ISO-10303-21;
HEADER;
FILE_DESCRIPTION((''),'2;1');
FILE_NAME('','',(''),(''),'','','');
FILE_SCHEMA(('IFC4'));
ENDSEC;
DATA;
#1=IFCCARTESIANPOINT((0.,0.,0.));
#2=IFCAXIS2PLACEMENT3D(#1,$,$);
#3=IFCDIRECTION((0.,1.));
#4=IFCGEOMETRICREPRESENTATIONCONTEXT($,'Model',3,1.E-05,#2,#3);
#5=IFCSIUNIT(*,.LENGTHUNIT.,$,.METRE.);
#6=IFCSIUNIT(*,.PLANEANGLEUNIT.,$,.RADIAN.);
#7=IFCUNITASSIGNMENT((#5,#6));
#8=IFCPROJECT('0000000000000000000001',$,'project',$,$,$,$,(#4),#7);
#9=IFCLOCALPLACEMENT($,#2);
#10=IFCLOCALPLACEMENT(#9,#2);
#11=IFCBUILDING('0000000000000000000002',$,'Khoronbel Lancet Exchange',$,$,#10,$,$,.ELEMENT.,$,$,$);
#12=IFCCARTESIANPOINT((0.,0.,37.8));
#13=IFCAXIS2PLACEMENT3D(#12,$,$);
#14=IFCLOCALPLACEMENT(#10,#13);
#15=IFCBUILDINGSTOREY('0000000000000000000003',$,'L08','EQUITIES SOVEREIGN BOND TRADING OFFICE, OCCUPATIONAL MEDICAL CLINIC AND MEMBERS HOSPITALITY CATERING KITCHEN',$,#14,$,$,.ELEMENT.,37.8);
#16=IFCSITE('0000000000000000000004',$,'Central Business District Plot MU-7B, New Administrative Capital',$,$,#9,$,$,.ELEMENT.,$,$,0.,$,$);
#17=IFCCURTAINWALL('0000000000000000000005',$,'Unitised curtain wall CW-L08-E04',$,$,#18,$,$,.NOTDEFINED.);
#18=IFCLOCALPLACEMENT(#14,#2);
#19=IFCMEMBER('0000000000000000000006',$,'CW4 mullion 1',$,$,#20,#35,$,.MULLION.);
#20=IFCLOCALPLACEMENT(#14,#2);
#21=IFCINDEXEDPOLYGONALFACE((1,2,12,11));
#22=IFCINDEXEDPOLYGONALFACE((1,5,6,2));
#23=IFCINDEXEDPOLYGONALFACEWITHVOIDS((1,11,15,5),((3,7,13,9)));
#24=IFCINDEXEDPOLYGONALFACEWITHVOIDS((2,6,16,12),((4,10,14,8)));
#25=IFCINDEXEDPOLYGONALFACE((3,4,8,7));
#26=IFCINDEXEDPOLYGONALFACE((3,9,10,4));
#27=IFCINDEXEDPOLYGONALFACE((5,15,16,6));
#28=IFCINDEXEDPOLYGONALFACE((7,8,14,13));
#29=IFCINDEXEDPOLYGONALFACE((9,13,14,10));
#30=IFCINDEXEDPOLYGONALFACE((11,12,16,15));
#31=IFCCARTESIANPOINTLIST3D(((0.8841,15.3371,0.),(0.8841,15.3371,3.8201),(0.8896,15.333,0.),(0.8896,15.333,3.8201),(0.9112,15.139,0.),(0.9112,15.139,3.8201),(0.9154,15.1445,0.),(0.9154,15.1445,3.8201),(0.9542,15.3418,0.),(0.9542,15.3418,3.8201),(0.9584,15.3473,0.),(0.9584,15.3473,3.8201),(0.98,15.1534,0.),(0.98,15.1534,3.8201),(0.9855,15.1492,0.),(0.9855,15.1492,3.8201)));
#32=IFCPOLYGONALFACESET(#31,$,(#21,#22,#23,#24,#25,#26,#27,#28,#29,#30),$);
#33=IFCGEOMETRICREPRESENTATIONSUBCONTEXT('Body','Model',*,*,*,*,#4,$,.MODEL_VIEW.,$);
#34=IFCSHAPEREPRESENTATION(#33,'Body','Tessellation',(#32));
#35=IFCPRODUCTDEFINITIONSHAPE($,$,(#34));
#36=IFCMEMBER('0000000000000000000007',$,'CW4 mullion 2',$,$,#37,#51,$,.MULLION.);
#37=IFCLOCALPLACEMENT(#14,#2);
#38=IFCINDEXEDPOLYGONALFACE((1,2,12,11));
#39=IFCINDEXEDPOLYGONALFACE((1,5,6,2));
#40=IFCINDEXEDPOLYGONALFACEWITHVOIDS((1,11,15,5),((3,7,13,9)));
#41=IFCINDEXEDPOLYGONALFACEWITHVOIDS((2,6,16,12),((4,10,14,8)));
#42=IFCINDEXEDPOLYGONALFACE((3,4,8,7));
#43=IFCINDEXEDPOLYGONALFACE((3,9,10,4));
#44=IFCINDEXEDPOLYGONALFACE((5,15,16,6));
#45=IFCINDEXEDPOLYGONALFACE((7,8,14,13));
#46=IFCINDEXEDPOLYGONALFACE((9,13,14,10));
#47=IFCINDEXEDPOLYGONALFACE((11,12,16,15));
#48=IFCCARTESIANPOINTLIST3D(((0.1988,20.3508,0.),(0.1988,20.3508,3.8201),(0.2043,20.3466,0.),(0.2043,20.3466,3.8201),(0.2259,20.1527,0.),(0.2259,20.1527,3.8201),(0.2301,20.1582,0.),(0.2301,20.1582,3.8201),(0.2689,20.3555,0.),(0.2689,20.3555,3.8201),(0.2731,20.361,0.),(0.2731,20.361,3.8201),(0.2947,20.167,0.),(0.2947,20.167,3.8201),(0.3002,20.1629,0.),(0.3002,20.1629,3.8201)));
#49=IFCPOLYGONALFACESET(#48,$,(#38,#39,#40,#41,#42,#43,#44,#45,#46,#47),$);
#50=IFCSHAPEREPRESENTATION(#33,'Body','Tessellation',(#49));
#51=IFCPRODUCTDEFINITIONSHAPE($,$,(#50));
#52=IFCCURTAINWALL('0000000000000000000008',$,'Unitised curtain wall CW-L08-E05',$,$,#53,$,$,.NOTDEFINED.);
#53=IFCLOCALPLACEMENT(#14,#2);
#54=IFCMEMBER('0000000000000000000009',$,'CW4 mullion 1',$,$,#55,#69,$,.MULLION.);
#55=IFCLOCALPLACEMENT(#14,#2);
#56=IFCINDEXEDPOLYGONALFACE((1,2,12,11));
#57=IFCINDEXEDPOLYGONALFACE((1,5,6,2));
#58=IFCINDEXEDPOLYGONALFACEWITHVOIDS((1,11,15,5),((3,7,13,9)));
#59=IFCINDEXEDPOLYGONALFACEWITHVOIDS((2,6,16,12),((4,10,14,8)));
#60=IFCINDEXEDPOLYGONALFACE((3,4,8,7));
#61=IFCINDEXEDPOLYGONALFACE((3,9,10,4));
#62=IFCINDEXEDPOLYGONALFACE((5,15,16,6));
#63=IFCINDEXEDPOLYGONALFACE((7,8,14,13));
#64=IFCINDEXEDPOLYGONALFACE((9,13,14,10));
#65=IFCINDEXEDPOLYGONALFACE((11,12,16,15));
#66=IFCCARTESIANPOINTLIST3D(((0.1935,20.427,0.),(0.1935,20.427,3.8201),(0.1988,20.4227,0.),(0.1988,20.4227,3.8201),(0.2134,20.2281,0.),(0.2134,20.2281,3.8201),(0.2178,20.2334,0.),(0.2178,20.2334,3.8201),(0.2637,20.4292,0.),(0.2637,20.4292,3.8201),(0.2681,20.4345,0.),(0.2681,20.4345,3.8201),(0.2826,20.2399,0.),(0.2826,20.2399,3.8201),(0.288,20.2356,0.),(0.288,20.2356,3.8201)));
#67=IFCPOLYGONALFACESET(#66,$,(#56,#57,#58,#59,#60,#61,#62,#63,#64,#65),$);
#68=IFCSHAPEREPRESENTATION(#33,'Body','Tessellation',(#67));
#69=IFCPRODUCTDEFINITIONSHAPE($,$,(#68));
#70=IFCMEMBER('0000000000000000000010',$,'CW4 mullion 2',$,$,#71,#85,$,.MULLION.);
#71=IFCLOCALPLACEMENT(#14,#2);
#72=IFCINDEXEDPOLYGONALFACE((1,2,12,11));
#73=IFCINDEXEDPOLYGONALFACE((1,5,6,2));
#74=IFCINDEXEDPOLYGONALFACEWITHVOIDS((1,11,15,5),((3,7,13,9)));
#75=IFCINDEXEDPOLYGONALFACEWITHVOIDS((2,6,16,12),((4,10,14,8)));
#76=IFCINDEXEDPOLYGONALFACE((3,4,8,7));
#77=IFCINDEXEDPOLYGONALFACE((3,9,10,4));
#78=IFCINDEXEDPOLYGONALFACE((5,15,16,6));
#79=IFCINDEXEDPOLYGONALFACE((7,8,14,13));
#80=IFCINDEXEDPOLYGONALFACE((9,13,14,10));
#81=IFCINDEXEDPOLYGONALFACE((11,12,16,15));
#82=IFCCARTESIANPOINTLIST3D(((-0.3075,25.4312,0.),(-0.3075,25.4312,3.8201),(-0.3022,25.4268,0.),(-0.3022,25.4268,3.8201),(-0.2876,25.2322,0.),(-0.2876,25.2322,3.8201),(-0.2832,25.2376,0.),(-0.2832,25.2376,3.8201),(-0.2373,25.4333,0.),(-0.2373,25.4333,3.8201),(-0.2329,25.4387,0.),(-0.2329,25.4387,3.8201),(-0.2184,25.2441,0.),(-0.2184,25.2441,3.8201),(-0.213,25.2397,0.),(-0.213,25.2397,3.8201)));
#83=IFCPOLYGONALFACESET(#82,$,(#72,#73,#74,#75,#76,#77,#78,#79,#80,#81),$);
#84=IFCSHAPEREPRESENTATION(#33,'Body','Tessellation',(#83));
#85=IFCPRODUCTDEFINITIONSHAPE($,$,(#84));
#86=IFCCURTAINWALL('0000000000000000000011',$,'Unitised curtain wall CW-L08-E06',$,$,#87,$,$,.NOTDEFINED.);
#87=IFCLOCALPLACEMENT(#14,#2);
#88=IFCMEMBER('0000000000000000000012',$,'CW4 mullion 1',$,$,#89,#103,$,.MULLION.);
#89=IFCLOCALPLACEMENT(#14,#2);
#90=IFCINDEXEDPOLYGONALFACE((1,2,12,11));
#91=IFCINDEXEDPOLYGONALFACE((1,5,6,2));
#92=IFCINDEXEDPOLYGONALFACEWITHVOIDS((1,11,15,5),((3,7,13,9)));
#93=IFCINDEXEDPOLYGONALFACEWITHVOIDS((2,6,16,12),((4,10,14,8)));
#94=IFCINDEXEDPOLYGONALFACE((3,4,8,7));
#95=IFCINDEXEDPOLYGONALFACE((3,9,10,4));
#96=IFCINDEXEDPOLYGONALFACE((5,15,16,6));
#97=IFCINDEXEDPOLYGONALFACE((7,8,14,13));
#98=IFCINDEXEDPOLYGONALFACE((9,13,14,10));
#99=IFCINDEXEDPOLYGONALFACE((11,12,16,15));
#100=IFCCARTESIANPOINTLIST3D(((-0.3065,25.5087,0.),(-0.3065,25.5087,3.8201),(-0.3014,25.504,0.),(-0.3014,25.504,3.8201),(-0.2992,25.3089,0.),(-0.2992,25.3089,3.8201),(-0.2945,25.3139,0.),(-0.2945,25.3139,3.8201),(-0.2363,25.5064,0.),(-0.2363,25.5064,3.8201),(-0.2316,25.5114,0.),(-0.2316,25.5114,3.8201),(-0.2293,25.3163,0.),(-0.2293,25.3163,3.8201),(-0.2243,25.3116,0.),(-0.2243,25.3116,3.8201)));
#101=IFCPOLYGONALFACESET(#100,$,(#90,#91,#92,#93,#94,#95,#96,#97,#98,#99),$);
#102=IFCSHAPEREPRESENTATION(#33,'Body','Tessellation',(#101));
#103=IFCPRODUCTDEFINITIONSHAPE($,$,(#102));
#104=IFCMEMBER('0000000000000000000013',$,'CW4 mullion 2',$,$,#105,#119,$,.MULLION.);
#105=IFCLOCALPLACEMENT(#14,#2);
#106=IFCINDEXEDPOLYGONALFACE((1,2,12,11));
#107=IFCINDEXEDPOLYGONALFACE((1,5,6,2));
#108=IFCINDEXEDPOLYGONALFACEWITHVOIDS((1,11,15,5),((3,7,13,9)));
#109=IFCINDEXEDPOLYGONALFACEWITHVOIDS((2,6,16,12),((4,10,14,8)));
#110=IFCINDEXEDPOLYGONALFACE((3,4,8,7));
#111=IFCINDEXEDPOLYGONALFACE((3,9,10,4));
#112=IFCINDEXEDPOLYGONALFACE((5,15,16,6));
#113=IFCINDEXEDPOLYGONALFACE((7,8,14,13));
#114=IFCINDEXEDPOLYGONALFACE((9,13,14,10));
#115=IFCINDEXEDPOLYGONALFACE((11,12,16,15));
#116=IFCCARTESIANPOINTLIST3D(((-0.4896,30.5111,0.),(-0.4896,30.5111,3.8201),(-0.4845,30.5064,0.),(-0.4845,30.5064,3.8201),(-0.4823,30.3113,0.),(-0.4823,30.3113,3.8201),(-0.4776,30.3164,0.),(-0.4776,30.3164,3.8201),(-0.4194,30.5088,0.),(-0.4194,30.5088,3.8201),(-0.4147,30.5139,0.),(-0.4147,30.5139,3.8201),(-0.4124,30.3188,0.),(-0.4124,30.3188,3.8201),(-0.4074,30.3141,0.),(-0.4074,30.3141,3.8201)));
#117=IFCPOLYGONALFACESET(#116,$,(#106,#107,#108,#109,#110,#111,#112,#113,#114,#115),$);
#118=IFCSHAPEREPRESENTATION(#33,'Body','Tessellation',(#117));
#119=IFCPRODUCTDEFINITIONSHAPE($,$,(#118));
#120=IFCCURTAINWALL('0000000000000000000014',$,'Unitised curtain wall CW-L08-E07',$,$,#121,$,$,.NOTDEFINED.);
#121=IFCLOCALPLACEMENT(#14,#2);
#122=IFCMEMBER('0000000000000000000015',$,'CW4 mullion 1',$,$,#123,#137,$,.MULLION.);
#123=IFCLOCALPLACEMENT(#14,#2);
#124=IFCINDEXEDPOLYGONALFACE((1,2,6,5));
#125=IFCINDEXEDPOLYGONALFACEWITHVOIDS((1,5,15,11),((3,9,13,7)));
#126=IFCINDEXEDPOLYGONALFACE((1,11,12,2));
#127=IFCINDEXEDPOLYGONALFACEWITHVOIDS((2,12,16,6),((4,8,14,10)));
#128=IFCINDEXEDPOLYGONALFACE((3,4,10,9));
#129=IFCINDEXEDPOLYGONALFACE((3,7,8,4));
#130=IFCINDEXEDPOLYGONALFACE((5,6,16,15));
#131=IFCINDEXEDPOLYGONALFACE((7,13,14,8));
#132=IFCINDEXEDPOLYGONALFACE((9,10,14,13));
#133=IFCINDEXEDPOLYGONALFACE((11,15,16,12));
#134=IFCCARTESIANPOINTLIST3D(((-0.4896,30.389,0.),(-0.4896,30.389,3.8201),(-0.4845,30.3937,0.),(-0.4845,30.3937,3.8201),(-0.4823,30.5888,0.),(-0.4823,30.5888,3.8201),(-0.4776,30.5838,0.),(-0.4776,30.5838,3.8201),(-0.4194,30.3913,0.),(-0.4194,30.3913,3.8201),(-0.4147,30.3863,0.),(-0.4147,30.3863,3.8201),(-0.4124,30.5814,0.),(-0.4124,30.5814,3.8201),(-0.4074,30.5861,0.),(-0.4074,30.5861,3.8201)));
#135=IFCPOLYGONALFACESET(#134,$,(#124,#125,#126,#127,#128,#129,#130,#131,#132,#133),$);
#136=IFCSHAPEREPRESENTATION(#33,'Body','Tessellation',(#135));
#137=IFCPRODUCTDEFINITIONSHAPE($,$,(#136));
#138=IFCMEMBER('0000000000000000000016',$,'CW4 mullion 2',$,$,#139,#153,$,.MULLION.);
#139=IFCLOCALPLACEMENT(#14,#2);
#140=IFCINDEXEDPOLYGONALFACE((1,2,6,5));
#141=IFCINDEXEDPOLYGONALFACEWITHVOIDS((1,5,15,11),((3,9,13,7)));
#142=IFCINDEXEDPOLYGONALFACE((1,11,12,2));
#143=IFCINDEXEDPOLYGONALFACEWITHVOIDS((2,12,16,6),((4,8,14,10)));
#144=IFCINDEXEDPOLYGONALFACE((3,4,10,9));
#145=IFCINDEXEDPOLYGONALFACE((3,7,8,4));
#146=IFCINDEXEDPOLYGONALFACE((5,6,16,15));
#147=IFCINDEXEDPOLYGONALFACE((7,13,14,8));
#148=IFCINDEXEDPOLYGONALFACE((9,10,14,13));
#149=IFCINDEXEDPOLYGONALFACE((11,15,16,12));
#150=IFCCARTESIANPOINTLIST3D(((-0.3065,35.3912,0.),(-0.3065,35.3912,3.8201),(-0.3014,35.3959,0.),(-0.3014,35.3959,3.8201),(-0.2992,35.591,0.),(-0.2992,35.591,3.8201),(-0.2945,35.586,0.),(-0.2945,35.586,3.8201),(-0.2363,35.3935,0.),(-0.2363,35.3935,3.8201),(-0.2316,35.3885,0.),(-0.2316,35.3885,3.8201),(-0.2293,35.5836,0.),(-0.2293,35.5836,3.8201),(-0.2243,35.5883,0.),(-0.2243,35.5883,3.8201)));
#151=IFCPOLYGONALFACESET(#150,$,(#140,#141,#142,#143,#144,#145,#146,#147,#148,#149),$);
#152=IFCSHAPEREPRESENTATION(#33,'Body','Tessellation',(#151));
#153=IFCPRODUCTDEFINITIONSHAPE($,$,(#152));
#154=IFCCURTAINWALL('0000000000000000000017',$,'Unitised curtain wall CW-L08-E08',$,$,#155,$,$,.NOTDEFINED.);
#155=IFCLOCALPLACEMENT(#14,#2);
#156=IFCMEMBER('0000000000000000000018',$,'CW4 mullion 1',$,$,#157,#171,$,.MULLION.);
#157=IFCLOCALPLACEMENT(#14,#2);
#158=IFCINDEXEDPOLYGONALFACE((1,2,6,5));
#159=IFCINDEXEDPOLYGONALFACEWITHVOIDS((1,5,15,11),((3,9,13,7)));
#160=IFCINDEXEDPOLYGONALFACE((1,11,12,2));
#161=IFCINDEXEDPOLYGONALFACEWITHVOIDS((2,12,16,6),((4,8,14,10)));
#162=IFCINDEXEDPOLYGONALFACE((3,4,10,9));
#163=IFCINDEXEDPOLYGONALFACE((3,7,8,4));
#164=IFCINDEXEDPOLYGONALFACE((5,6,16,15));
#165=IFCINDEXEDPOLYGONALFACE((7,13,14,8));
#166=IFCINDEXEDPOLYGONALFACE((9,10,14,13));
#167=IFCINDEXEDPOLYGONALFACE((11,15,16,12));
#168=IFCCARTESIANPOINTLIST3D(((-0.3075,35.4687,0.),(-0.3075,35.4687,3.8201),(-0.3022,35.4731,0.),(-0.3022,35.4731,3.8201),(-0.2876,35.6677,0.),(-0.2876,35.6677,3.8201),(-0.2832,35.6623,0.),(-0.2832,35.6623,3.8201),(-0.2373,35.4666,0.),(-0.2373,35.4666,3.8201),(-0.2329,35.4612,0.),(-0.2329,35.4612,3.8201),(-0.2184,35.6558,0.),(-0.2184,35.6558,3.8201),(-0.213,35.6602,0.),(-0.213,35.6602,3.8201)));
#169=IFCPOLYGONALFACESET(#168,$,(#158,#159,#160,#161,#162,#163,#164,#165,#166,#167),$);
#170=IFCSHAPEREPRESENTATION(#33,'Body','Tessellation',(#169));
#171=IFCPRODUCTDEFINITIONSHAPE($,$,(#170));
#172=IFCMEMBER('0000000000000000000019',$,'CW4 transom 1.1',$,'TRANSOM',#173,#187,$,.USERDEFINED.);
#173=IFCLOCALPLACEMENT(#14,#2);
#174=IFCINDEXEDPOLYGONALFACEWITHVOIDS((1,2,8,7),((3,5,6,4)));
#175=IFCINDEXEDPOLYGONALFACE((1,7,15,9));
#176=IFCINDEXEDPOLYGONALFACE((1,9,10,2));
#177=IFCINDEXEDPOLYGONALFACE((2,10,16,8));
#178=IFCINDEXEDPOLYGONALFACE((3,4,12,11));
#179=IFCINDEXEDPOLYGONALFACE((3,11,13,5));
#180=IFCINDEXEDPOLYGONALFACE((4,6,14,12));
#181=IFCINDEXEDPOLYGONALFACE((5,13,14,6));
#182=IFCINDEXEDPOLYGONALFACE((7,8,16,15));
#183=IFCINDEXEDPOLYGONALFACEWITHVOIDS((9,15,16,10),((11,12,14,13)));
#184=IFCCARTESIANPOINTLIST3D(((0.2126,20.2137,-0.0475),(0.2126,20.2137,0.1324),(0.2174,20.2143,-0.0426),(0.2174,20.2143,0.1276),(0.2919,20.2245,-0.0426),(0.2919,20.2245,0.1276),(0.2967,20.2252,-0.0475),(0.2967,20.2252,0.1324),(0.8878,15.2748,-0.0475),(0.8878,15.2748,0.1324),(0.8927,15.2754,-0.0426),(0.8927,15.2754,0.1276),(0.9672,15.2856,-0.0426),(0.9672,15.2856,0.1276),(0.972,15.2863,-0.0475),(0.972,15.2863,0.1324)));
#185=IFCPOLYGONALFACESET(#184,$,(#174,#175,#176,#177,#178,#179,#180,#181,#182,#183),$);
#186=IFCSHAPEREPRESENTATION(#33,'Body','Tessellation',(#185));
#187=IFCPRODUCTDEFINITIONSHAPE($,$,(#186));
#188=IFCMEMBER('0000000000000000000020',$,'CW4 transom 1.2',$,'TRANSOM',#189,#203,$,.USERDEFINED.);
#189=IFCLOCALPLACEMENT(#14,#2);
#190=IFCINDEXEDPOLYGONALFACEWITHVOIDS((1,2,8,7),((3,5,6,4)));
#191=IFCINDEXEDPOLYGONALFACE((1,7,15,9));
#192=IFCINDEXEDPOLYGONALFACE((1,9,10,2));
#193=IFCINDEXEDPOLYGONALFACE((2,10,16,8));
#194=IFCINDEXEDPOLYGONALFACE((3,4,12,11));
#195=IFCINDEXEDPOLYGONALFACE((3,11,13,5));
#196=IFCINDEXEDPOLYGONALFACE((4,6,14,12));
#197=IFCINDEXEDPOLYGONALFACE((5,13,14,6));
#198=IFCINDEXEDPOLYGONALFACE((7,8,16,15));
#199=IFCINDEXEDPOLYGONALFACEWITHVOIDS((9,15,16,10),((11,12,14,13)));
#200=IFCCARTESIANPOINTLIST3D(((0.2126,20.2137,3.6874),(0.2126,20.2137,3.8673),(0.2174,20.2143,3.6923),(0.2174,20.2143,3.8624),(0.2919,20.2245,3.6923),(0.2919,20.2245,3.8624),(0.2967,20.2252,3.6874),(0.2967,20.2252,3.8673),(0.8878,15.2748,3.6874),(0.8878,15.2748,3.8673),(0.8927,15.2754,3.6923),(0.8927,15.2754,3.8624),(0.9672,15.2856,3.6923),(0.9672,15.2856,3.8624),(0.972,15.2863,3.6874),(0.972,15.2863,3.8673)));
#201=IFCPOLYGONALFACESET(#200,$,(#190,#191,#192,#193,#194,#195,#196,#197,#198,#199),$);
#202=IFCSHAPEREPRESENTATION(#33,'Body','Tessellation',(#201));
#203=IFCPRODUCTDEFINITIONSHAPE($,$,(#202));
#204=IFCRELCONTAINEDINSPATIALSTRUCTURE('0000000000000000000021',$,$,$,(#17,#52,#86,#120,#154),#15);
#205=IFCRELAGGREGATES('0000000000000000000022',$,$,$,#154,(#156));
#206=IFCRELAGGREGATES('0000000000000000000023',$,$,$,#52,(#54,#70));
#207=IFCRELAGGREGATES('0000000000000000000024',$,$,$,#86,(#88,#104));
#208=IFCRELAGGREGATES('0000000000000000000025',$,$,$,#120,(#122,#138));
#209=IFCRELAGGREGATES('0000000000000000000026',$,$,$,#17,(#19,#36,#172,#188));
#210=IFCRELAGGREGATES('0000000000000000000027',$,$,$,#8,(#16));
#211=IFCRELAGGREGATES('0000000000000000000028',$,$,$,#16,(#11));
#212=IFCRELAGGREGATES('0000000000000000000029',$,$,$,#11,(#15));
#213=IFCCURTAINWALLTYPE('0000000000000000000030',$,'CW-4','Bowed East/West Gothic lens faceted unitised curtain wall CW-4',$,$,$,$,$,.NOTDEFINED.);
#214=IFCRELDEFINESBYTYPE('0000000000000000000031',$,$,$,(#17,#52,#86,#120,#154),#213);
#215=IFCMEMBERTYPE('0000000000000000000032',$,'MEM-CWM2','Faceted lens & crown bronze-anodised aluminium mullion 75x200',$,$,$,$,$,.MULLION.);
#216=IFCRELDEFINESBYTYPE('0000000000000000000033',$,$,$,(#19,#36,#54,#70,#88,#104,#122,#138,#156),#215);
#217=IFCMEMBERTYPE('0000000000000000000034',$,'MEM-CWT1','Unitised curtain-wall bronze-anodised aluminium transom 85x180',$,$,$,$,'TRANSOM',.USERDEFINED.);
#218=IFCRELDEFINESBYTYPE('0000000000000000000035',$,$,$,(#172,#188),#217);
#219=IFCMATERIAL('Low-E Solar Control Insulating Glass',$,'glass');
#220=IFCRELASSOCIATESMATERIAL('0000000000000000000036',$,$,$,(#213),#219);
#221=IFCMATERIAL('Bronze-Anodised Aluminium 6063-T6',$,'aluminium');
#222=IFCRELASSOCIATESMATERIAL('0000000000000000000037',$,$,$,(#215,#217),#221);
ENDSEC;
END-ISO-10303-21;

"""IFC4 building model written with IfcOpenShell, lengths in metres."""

from ifc_helpers import new_model, si_unit, direction, frame, origin, origin_2d, place, context, subcontext, project, spatial, hollow_rectangle, extrude, material, material_profile, profile_set, type_object, element, aggregate, save


model = new_model("IFC4")

# Units and contexts
model_context = context("Model", 3, precision=1e-05, world=origin(), true_north=direction((0.0, 1.0)))
body_context = subcontext(model_context, "Body", "Model", "MODEL_VIEW")
ifc_project = project(units=[si_unit("LENGTHUNIT", "METRE"), si_unit("PLANEANGLEUNIT", "RADIAN")], contexts=[model_context])

# Site, building, storey
site_placement = place(None, origin())
site = spatial("IfcSite", under=ifc_project, at=site_placement, Name="Central Business District Plot MU-7B, New Administrative Capital", CompositionType="ELEMENT", RefElevation=0.0)
building_placement = place(site_placement, origin())
building = spatial("IfcBuilding", under=site, at=building_placement, Name="Khoronbel Lancet Exchange", CompositionType="ELEMENT")
storey_placement = place(building_placement, frame((0.0, 0.0, 37.8)))
storey = spatial("IfcBuildingStorey", under=building, at=storey_placement, Name="L08", Description="EQUITIES SOVEREIGN BOND TRADING OFFICE, OCCUPATIONAL MEDICAL CLINIC AND MEMBERS HOSPITALITY CATERING KITCHEN", CompositionType="ELEMENT", Elevation=37.8)

# Curtain walls, members
ifc_material_1 = material(Name="Low-E Solar Control Insulating Glass", Category="glass")
curtain_wall_type = type_object("IfcCurtainWallType", Name="CW-4", Description="Bowed East/West Gothic lens faceted unitised curtain wall CW-4", PredefinedType="NOTDEFINED", material=ifc_material_1)
curtain_wall_1_placement = place(storey_placement, origin())
curtain_wall_1 = element("IfcCurtainWall", 1, at=curtain_wall_1_placement, inside=storey, type_object=curtain_wall_type, Name="Unitised curtain wall CW-L08-E04", PredefinedType="NOTDEFINED")
ifc_material_2 = material(Name="Bronze-Anodised Aluminium 6063-T6", Category="aluminium")
ifc_material_profile_1 = material_profile(ifc_material_2, hollow_rectangle(XDim=0.075, YDim=0.2, WallThickness=0.0049, at=origin_2d()), Name="ALU MULLION 75x200")
ifc_profile_set_1 = profile_set([ifc_material_profile_1], Name="Bronze-Anodised Aluminium 6063-T6")
member_type_1 = type_object("IfcMemberType", Name="MEM-CWM2", Description="Faceted lens & crown bronze-anodised aluminium mullion 75x200", PredefinedType="MULLION", material=ifc_profile_set_1)
member_1_placement = place(storey_placement, frame((0.9348, 15.2432, 0.0), z_axis=(0.0, 0.0, 1.0), x_axis=(-0.990786, -0.13544, 0.0)))
member_1 = element("IfcMember", 2, at=member_1_placement, type_object=member_type_1, Name="CW4 mullion 1", PredefinedType="MULLION", context=body_context, shape_type="SweptSolid", body=[
    extrude(hollow_rectangle(XDim=0.075, YDim=0.2, WallThickness=0.0049, at=origin_2d()), origin(), (0.0, 0.0, 1.0), 3.8201),
])
member_2_placement = place(storey_placement, frame((0.2495, 20.2568, 0.0), z_axis=(0.0, 0.0, 1.0), x_axis=(-0.990786, -0.13544, 0.0)))
member_2 = element("IfcMember", 3, at=member_2_placement, type_object=member_type_1, Name="CW4 mullion 2", PredefinedType="MULLION", context=body_context, shape_type="SweptSolid", body=[
    extrude(hollow_rectangle(XDim=0.075, YDim=0.2, WallThickness=0.0049, at=origin_2d()), origin(), (0.0, 0.0, 1.0), 3.8201),
])
curtain_wall_2_placement = place(storey_placement, origin())
curtain_wall_2 = element("IfcCurtainWall", 4, at=curtain_wall_2_placement, inside=storey, type_object=curtain_wall_type, Name="Unitised curtain wall CW-L08-E05", PredefinedType="NOTDEFINED")
member_3_placement = place(storey_placement, frame((0.2407, 20.3313, 0.0), z_axis=(0.0, 0.0, 1.0), x_axis=(-0.995027, -0.099603, 0.0)))
member_3 = element("IfcMember", 5, at=member_3_placement, type_object=member_type_1, Name="CW4 mullion 1", PredefinedType="MULLION", context=body_context, shape_type="SweptSolid", body=[
    extrude(hollow_rectangle(XDim=0.075, YDim=0.2, WallThickness=0.0049, at=origin_2d()), origin(), (0.0, 0.0, 1.0), 3.8201),
])
member_4_placement = place(storey_placement, frame((-0.2603, 25.3354, 0.0), z_axis=(0.0, 0.0, 1.0), x_axis=(-0.995027, -0.099603, 0.0)))
member_4 = element("IfcMember", 6, at=member_4_placement, type_object=member_type_1, Name="CW4 mullion 2", PredefinedType="MULLION", context=body_context, shape_type="SweptSolid", body=[
    extrude(hollow_rectangle(XDim=0.075, YDim=0.2, WallThickness=0.0049, at=origin_2d()), origin(), (0.0, 0.0, 1.0), 3.8201),
])
curtain_wall_3_placement = place(storey_placement, origin())
curtain_wall_3 = element("IfcCurtainWall", 7, at=curtain_wall_3_placement, inside=storey, type_object=curtain_wall_type, Name="Unitised curtain wall CW-L08-E06", PredefinedType="NOTDEFINED")
member_5_placement = place(storey_placement, frame((-0.2654, 25.4102, 0.0), z_axis=(0.0, 0.0, 1.0), x_axis=(-0.99933, -0.03659, 0.0)))
member_5 = element("IfcMember", 8, at=member_5_placement, type_object=member_type_1, Name="CW4 mullion 1", PredefinedType="MULLION", context=body_context, shape_type="SweptSolid", body=[
    extrude(hollow_rectangle(XDim=0.075, YDim=0.2, WallThickness=0.0049, at=origin_2d()), origin(), (0.0, 0.0, 1.0), 3.8201),
])
member_6_placement = place(storey_placement, frame((-0.4485, 30.4126, 0.0), z_axis=(0.0, 0.0, 1.0), x_axis=(-0.99933, -0.03659, 0.0)))
member_6 = element("IfcMember", 9, at=member_6_placement, type_object=member_type_1, Name="CW4 mullion 2", PredefinedType="MULLION", context=body_context, shape_type="SweptSolid", body=[
    extrude(hollow_rectangle(XDim=0.075, YDim=0.2, WallThickness=0.0049, at=origin_2d()), origin(), (0.0, 0.0, 1.0), 3.8201),
])
curtain_wall_4_placement = place(storey_placement, origin())
curtain_wall_4 = element("IfcCurtainWall", 10, at=curtain_wall_4_placement, inside=storey, type_object=curtain_wall_type, Name="Unitised curtain wall CW-L08-E07", PredefinedType="NOTDEFINED")
member_7_placement = place(storey_placement, frame((-0.4485, 30.4875, 0.0), z_axis=(0.0, 0.0, 1.0), x_axis=(-0.99933, 0.03659, 0.0)))
member_7 = element("IfcMember", 11, at=member_7_placement, type_object=member_type_1, Name="CW4 mullion 1", PredefinedType="MULLION", context=body_context, shape_type="SweptSolid", body=[
    extrude(hollow_rectangle(XDim=0.075, YDim=0.2, WallThickness=0.0049, at=origin_2d()), origin(), (0.0, 0.0, 1.0), 3.8201),
])
member_8_placement = place(storey_placement, frame((-0.2654, 35.4897, 0.0), z_axis=(0.0, 0.0, 1.0), x_axis=(-0.99933, 0.03659, 0.0)))
member_8 = element("IfcMember", 12, at=member_8_placement, type_object=member_type_1, Name="CW4 mullion 2", PredefinedType="MULLION", context=body_context, shape_type="SweptSolid", body=[
    extrude(hollow_rectangle(XDim=0.075, YDim=0.2, WallThickness=0.0049, at=origin_2d()), origin(), (0.0, 0.0, 1.0), 3.8201),
])

# Curtain wall, member
curtain_wall_5_placement = place(storey_placement, origin())
curtain_wall_5 = element("IfcCurtainWall", 13, at=curtain_wall_5_placement, inside=storey, type_object=curtain_wall_type, Name="Unitised curtain wall CW-L08-E08", PredefinedType="NOTDEFINED")
member_9_placement = place(storey_placement, frame((-0.2603, 35.5645, 0.0), z_axis=(0.0, 0.0, 1.0), x_axis=(-0.995027, 0.099603, 0.0)))
member_9 = element("IfcMember", 14, at=member_9_placement, type_object=member_type_1, Name="CW4 mullion 1", PredefinedType="MULLION", context=body_context, shape_type="SweptSolid", body=[
    extrude(hollow_rectangle(XDim=0.075, YDim=0.2, WallThickness=0.0049, at=origin_2d()), origin(), (0.0, 0.0, 1.0), 3.8201),
])

# Members
ifc_material_profile_2 = material_profile(ifc_material_2, hollow_rectangle(XDim=0.085, YDim=0.1799, WallThickness=0.0049, at=origin_2d()), Name="ALU TRANSOM 85x180")
ifc_profile_set_2 = profile_set([ifc_material_profile_2], Name="Bronze-Anodised Aluminium 6063-T6")
member_type_2 = type_object("IfcMemberType", Name="MEM-CWT1", Description="Unitised curtain-wall bronze-anodised aluminium transom 85x180", ElementType="TRANSOM", PredefinedType="USERDEFINED", material=ifc_profile_set_2)
member_10_placement = place(storey_placement, frame((0.9299, 15.2805, 0.0425), z_axis=(-0.135467, 0.990782, 0.0), x_axis=(-0.990782, -0.135467, 0.0)))
member_10 = element("IfcMember", 15, at=member_10_placement, type_object=member_type_2, Name="CW4 transom 1.1", ObjectType="TRANSOM", PredefinedType="USERDEFINED", context=body_context, shape_type="SweptSolid", body=[
    extrude(hollow_rectangle(XDim=0.085, YDim=0.1799, WallThickness=0.0049, at=origin_2d()), origin(), (0.0, 0.0, 1.0), 4.9849),
])
member_11_placement = place(storey_placement, frame((0.9299, 15.2805, 3.7773), z_axis=(-0.135467, 0.990782, 0.0), x_axis=(-0.990782, -0.135467, 0.0)))
member_11 = element("IfcMember", 16, at=member_11_placement, type_object=member_type_2, Name="CW4 transom 1.2", ObjectType="TRANSOM", PredefinedType="USERDEFINED", context=body_context, shape_type="SweptSolid", body=[
    extrude(hollow_rectangle(XDim=0.085, YDim=0.1799, WallThickness=0.0049, at=origin_2d()), origin(), (0.0, 0.0, 1.0), 4.9849),
])
aggregate(curtain_wall_5, [member_9])

aggregate(curtain_wall_2, [member_3, member_4])
aggregate(curtain_wall_3, [member_5, member_6])
aggregate(curtain_wall_4, [member_7, member_8])
aggregate(curtain_wall_1, [member_1, member_2, member_10, member_11])

save(model, "model.ifc")
